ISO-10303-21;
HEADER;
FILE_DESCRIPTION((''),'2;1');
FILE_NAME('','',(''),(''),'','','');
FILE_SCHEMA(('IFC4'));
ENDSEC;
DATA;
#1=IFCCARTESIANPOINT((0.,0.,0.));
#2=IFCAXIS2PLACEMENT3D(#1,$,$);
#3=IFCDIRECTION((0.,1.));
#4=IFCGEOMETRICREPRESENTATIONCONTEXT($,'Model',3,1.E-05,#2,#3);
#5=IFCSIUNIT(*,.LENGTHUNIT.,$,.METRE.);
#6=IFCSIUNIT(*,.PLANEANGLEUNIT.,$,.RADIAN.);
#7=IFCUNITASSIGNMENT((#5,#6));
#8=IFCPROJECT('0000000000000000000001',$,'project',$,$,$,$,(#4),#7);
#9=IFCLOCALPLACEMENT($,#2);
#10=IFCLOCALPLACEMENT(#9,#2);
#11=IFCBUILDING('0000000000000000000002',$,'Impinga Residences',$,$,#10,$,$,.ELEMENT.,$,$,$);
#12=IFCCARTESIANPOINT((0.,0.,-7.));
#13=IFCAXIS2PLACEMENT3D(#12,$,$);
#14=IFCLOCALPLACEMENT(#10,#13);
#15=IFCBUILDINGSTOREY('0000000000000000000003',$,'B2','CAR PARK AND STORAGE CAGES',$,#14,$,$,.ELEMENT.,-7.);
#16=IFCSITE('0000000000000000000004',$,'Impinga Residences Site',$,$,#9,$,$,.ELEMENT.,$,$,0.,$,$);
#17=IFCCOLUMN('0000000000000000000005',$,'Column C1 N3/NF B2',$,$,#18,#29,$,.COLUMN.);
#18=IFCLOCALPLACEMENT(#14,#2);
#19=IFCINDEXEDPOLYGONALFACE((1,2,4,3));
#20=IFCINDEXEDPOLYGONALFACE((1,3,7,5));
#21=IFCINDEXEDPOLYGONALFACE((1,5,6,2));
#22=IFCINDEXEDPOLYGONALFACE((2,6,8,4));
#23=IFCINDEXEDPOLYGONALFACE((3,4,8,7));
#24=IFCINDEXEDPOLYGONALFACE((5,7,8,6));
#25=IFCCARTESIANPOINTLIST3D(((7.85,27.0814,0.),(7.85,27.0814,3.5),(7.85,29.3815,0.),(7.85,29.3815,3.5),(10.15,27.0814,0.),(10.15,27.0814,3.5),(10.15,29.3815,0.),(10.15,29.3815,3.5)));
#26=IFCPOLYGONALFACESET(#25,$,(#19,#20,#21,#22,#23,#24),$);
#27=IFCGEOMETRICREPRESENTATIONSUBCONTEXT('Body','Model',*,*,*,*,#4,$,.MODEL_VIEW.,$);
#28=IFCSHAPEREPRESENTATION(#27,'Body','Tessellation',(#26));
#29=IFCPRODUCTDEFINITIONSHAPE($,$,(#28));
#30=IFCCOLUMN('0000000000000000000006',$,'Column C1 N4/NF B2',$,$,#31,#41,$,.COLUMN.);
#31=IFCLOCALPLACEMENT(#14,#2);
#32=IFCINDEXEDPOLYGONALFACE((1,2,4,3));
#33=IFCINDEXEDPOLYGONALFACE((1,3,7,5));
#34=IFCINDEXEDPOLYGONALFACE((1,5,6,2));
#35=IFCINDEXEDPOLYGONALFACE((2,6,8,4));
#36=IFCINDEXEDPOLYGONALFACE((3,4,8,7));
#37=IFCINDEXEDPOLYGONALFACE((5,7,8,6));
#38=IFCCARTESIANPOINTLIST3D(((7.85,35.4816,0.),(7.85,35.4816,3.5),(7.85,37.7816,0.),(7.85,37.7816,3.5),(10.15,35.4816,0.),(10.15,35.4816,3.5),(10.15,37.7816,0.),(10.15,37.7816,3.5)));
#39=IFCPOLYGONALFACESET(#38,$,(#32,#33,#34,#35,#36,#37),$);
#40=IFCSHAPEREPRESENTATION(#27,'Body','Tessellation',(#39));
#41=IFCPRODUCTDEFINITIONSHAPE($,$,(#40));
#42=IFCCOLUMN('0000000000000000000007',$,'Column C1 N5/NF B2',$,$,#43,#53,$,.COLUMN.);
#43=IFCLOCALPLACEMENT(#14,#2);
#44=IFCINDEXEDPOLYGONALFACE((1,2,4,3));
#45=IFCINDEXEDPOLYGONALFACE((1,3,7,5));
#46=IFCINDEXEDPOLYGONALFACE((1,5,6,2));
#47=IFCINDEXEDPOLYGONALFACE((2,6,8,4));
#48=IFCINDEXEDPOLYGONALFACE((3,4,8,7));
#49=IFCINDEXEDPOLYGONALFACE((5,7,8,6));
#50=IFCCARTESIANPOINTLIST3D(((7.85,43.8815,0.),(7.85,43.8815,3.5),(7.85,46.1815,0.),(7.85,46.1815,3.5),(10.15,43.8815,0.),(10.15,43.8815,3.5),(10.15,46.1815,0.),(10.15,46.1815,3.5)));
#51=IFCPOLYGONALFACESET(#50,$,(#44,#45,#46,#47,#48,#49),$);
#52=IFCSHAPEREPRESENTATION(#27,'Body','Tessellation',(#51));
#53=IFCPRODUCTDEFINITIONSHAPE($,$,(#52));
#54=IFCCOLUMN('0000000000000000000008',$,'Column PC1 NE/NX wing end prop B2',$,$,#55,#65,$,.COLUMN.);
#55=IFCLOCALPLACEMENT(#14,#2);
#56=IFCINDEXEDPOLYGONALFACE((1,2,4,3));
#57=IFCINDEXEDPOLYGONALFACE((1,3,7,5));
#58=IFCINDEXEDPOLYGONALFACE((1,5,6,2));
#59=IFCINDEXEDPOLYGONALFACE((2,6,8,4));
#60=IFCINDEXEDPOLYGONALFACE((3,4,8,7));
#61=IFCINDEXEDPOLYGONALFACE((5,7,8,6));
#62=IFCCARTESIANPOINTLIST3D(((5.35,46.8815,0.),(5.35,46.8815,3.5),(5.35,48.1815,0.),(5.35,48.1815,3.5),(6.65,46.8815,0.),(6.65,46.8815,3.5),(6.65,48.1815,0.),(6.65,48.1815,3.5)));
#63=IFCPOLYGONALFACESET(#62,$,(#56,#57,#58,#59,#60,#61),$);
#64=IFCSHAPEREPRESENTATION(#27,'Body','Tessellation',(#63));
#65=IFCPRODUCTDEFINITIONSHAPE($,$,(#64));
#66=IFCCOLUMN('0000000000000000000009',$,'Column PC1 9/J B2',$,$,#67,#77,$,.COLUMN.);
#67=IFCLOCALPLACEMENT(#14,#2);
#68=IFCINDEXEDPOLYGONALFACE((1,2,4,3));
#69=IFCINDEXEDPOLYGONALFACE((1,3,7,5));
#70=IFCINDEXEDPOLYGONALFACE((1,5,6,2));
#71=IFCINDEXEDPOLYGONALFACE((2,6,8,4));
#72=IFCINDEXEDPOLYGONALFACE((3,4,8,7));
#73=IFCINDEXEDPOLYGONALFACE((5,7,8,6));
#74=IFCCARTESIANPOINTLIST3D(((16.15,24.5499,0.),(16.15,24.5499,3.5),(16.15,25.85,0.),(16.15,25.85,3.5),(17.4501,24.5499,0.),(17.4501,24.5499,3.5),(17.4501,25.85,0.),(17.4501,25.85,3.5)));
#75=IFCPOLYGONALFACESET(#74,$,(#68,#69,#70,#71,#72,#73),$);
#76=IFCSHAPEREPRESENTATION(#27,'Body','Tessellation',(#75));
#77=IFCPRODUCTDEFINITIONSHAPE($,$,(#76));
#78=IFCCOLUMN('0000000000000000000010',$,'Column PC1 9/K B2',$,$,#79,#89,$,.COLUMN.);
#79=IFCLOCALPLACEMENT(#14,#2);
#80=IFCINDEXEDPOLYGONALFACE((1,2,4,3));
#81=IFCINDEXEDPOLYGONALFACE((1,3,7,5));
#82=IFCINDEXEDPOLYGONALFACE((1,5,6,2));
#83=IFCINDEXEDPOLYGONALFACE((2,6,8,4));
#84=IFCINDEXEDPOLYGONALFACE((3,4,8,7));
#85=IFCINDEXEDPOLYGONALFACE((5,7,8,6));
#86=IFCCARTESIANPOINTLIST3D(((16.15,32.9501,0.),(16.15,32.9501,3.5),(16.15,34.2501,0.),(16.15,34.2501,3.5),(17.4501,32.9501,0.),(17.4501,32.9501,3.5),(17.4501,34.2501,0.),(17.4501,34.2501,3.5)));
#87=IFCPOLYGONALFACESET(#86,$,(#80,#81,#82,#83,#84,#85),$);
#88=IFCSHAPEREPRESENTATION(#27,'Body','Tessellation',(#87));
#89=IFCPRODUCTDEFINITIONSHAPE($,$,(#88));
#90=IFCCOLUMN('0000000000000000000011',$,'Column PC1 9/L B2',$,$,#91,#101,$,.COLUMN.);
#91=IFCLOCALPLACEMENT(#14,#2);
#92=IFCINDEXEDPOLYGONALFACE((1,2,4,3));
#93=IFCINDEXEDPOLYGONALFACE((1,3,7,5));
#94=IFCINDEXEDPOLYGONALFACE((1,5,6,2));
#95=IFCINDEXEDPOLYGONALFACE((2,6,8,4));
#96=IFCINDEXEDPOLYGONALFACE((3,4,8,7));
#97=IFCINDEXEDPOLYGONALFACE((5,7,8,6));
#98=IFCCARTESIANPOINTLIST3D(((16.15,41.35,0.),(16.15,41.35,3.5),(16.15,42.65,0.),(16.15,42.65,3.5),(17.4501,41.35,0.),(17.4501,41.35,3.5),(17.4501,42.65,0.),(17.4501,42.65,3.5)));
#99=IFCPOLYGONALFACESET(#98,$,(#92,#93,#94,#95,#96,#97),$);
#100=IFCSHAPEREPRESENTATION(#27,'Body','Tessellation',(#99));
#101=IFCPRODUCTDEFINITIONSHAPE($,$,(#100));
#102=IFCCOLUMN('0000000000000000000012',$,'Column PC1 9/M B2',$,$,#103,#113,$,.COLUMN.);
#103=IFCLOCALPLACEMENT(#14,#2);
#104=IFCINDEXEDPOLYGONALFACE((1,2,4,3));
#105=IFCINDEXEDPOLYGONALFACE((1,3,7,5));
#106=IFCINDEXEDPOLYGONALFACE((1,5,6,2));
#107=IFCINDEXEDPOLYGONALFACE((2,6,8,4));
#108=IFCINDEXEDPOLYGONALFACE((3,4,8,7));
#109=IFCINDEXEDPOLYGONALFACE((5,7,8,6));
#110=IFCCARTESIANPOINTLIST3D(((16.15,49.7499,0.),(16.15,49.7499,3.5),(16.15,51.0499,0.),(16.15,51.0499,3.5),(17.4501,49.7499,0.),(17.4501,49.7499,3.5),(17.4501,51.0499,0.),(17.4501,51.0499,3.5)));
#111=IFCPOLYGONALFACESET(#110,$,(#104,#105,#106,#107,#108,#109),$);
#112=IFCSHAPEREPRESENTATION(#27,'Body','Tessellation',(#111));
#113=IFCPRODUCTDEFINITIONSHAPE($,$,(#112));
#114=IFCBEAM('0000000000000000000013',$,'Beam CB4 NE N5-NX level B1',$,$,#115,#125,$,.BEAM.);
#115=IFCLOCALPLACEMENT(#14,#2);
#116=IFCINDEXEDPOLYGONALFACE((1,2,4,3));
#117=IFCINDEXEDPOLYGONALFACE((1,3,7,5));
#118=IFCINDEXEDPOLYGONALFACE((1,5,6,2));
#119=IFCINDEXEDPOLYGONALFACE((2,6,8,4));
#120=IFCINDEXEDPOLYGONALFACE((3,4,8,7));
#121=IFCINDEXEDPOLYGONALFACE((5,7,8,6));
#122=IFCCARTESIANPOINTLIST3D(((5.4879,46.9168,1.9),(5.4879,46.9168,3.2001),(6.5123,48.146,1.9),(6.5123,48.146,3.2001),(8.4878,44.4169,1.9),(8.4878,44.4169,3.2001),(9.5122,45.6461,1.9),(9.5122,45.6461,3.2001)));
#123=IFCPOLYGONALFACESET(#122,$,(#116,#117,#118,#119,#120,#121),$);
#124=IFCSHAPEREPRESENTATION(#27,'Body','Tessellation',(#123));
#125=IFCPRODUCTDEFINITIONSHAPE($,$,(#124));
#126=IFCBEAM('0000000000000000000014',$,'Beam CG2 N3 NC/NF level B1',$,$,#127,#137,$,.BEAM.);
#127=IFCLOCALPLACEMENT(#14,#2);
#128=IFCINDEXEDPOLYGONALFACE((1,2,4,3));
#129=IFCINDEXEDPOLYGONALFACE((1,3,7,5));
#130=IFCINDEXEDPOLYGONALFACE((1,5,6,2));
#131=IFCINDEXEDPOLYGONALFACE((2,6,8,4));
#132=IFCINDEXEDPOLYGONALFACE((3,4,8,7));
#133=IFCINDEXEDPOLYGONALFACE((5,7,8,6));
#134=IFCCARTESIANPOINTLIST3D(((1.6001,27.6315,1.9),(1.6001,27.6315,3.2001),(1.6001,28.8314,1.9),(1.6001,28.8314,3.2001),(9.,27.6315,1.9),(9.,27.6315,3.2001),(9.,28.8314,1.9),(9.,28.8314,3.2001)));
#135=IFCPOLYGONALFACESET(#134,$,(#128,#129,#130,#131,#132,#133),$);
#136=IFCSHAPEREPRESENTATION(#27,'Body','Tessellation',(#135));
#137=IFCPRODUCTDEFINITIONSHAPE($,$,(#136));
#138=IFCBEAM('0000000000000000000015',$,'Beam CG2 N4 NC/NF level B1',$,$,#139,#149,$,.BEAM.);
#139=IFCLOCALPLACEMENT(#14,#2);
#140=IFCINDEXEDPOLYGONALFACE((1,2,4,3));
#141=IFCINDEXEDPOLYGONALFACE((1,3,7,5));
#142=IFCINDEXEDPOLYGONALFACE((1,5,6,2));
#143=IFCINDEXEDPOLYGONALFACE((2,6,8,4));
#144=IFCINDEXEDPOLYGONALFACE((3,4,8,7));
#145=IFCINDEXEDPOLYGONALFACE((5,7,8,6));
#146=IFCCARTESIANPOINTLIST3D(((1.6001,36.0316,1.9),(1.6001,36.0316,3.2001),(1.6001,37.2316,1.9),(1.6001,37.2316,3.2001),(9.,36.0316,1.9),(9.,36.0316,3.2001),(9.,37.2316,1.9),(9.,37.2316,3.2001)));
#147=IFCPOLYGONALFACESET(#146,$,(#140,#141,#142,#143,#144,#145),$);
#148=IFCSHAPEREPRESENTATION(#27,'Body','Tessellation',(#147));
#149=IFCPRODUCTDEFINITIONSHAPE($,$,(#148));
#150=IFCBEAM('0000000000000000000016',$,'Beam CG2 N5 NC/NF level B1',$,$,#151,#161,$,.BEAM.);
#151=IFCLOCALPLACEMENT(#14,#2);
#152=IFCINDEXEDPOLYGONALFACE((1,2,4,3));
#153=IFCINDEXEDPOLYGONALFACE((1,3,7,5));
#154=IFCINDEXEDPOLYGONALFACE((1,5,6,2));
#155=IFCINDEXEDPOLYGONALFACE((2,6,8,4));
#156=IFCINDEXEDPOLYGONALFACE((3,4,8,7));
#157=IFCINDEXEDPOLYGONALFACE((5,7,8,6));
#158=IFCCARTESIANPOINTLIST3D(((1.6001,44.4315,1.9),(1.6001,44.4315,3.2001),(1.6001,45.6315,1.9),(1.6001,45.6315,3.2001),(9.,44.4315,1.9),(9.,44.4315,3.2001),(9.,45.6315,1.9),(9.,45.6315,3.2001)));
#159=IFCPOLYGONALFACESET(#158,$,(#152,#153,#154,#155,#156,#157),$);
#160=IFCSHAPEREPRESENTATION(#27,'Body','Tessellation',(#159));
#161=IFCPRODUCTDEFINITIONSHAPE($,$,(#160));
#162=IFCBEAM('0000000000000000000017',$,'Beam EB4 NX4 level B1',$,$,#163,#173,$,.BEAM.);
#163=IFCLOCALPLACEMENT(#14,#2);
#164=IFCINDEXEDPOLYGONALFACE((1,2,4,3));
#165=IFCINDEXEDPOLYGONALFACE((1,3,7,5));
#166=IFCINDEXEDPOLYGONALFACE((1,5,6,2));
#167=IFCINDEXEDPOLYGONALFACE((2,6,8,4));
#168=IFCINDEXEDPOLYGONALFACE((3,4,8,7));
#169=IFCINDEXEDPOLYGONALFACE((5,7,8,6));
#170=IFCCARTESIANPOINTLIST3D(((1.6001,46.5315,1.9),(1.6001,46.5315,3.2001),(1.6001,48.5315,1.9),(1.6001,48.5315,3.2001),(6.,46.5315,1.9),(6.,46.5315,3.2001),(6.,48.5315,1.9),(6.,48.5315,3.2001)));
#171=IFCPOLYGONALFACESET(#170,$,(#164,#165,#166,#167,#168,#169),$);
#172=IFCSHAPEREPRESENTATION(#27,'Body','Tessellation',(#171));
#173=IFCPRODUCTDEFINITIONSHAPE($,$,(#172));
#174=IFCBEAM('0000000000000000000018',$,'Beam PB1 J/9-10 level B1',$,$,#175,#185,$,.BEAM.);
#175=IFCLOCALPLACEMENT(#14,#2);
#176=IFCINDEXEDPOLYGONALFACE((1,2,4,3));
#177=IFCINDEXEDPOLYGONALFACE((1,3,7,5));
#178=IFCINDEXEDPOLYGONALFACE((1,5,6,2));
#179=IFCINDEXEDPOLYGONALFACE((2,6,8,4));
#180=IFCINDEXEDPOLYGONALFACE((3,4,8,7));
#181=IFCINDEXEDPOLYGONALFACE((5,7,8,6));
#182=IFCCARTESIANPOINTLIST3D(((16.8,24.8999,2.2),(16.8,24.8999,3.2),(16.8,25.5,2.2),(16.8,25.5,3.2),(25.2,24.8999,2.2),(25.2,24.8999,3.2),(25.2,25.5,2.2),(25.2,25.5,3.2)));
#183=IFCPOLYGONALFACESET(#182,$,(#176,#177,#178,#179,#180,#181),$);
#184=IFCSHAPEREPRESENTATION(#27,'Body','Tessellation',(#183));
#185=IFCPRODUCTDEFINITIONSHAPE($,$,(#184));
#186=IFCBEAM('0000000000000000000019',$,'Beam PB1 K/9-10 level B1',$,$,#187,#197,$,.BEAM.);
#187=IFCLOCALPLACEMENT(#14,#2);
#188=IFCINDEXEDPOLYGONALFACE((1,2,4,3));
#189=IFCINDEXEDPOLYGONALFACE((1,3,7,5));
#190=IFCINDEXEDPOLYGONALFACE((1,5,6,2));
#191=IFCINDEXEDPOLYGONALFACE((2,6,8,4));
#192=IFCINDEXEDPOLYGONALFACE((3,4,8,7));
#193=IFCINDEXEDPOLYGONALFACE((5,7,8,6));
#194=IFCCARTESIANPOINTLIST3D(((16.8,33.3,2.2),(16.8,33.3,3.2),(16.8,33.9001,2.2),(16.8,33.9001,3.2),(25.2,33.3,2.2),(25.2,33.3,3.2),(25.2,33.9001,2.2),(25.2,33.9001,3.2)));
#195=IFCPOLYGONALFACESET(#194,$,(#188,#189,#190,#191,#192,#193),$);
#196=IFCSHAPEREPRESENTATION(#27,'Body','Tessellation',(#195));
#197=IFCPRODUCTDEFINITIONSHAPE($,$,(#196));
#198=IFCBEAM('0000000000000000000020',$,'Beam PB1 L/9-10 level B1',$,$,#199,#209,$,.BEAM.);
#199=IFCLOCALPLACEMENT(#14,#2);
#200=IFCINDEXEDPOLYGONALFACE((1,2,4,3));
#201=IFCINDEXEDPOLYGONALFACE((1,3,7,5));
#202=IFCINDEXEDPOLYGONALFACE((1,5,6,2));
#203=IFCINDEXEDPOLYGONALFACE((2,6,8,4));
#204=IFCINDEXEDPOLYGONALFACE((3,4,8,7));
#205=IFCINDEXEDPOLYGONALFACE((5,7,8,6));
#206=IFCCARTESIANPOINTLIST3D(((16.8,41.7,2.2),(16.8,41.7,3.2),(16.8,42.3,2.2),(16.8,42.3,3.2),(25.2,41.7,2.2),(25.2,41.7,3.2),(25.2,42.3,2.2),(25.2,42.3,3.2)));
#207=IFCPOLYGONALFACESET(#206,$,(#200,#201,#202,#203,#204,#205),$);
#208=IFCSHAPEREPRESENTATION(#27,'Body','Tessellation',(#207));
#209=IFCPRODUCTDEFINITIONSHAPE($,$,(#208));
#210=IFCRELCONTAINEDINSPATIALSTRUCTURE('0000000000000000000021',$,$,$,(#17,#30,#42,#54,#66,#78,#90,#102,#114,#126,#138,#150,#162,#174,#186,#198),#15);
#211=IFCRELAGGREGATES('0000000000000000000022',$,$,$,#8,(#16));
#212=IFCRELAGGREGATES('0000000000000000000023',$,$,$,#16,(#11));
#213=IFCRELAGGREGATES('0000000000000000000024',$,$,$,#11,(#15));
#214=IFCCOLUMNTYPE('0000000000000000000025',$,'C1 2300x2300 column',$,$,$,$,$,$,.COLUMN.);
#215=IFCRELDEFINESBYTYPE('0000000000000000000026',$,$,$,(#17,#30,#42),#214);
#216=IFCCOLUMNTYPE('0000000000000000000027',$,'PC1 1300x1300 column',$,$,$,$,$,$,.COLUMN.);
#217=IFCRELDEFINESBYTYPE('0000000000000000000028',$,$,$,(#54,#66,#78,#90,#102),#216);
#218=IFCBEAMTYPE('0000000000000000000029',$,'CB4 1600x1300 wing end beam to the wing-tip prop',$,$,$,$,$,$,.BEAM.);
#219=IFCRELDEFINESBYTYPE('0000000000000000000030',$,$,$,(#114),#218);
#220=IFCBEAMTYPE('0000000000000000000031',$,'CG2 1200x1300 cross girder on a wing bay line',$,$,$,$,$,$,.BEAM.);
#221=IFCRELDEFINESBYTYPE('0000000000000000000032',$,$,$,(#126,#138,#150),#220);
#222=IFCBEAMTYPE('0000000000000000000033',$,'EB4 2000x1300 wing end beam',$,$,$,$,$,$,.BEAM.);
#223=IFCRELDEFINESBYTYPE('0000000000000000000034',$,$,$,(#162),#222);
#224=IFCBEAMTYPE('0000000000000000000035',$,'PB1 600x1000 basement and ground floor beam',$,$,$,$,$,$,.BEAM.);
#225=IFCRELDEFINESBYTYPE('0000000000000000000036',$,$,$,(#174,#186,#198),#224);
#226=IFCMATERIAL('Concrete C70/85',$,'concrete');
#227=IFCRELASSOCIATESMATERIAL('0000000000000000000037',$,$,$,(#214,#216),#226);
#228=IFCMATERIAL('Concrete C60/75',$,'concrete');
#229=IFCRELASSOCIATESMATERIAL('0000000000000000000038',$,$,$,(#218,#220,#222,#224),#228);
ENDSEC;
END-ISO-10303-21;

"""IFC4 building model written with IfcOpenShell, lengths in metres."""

from ifc_helpers import new_model, si_unit, direction, frame, origin, origin_2d, place, context, subcontext, project, spatial, rectangle, extrude, material, material_profile, profile_set, type_object, element, save


model = new_model("IFC4")

# Units and contexts
model_context = context("Model", 3, precision=1e-05, world=origin(), true_north=direction((0.0, 1.0)))
body_context = subcontext(model_context, "Body", "Model", "MODEL_VIEW")
ifc_project = project(units=[si_unit("LENGTHUNIT", "METRE"), si_unit("PLANEANGLEUNIT", "RADIAN")], contexts=[model_context])

# Site, building, storey
site_placement = place(None, origin())
site = spatial("IfcSite", under=ifc_project, at=site_placement, Name="Impinga Residences Site", CompositionType="ELEMENT", RefElevation=0.0)
building_placement = place(site_placement, origin())
building = spatial("IfcBuilding", under=site, at=building_placement, Name="Impinga Residences", CompositionType="ELEMENT")
storey_placement = place(building_placement, frame((0.0, 0.0, -7.0)))
storey = spatial("IfcBuildingStorey", under=building, at=storey_placement, Name="B2", Description="CAR PARK AND STORAGE CAGES", CompositionType="ELEMENT", Elevation=-7.0)

# Columns
ifc_material_1 = material(Name="Concrete C70/85", Category="concrete")
ifc_material_profile_1 = material_profile(ifc_material_1, rectangle(XDim=2.3, YDim=2.3, at=origin_2d()), Name="RC 2300x2300")
ifc_profile_set_1 = profile_set([ifc_material_profile_1], Name="Concrete C70/85")
column_type_1 = type_object("IfcColumnType", Name="C1 2300x2300 column", PredefinedType="COLUMN", material=ifc_profile_set_1)
for number, where, z_axis, x_axis, name in (
    (1, (9.0, 28.2314, 0.0), (0.0, 0.0, 1.0), (1.0, 0.0, 0.0), "Column C1 N3/NF B2"),
    (2, (9.0, 36.6316, 0.0), (0.0, 0.0, 1.0), (1.0, 0.0, 0.0), "Column C1 N4/NF B2"),
    (3, (9.0, 45.0315, 0.0), (0.0, 0.0, 1.0), (1.0, 0.0, 0.0), "Column C1 N5/NF B2"),
):
    element("IfcColumn", number, at=place(storey_placement, frame(where, z_axis=z_axis, x_axis=x_axis)), inside=storey, type_object=column_type_1, Name=name, PredefinedType="COLUMN", context=body_context, shape_type="SweptSolid", body=[
        extrude(rectangle(XDim=2.3, YDim=2.3, at=origin_2d()), origin(), (0.0, 0.0, 1.0), 3.5),
    ])
ifc_material_profile_2 = material_profile(ifc_material_1, rectangle(XDim=1.3, YDim=1.3, at=origin_2d()), Name="RC 1300x1300")
ifc_profile_set_2 = profile_set([ifc_material_profile_2], Name="Concrete C70/85")
column_type_2 = type_object("IfcColumnType", Name="PC1 1300x1300 column", PredefinedType="COLUMN", material=ifc_profile_set_2)
for number, where, z_axis, x_axis, name in (
    (4, (6.0, 47.5315, 0.0), (0.0, 0.0, 1.0), (1.0, 0.0, 0.0), "Column PC1 NE/NX wing end prop B2"),
    (5, (16.8, 25.2, 0.0), (0.0, 0.0, 1.0), (1.0, 0.0, 0.0), "Column PC1 9/J B2"),
    (6, (16.8, 33.6001, 0.0), (0.0, 0.0, 1.0), (1.0, 0.0, 0.0), "Column PC1 9/K B2"),
    (7, (16.8, 42.0, 0.0), (0.0, 0.0, 1.0), (1.0, 0.0, 0.0), "Column PC1 9/L B2"),
    (8, (16.8, 50.3999, 0.0), (0.0, 0.0, 1.0), (1.0, 0.0, 0.0), "Column PC1 9/M B2"),
):
    element("IfcColumn", number, at=place(storey_placement, frame(where, z_axis=z_axis, x_axis=x_axis)), inside=storey, type_object=column_type_2, Name=name, PredefinedType="COLUMN", context=body_context, shape_type="SweptSolid", body=[
        extrude(rectangle(XDim=1.3, YDim=1.3, at=origin_2d()), origin(), (0.0, 0.0, 1.0), 3.5),
    ])

# Beams
ifc_material_2 = material(Name="Concrete C60/75", Category="concrete")
ifc_material_profile_3 = material_profile(ifc_material_2, rectangle(XDim=1.6001, YDim=1.3, at=origin_2d()), Name="RC 1600x1300")
ifc_profile_set_3 = profile_set([ifc_material_profile_3], Name="Concrete C60/75")
beam_type_1 = type_object("IfcBeamType", Name="CB4 1600x1300 wing end beam to the wing-tip prop", PredefinedType="BEAM", material=ifc_profile_set_3)
beam_1_placement = place(storey_placement, frame((9.0, 45.0315, 2.55), z_axis=(-0.768221, 0.640184, 0.0), x_axis=(-0.640184, -0.768221, 0.0)))
element("IfcBeam", 9, at=beam_1_placement, inside=storey, type_object=beam_type_1, Name="Beam CB4 NE N5-NX level B1", PredefinedType="BEAM", context=body_context, shape_type="SweptSolid", body=[
    extrude(rectangle(XDim=1.6001, YDim=1.3, at=origin_2d()), origin(), (0.0, 0.0, 1.0), 3.905),
])
ifc_material_profile_4 = material_profile(ifc_material_2, rectangle(XDim=1.2, YDim=1.3, at=origin_2d()), Name="RC 1200x1300")
ifc_profile_set_4 = profile_set([ifc_material_profile_4], Name="Concrete C60/75")
beam_type_2 = type_object("IfcBeamType", Name="CG2 1200x1300 cross girder on a wing bay line", PredefinedType="BEAM", material=ifc_profile_set_4)
for number, where, z_axis, x_axis, name in (
    (10, (1.6001, 28.2314, 2.55), (1.0, 0.0, 0.0), (0.0, 1.0, 0.0), "Beam CG2 N3 NC/NF level B1"),
    (11, (1.6001, 36.6316, 2.55), (1.0, 0.0, 0.0), (0.0, 1.0, 0.0), "Beam CG2 N4 NC/NF level B1"),
    (12, (1.6001, 45.0315, 2.55), (1.0, 0.0, 0.0), (0.0, 1.0, 0.0), "Beam CG2 N5 NC/NF level B1"),
):
    element("IfcBeam", number, at=place(storey_placement, frame(where, z_axis=z_axis, x_axis=x_axis)), inside=storey, type_object=beam_type_2, Name=name, PredefinedType="BEAM", context=body_context, shape_type="SweptSolid", body=[
        extrude(rectangle(XDim=1.2, YDim=1.3, at=origin_2d()), origin(), (0.0, 0.0, 1.0), 7.3999),
    ])
ifc_material_profile_5 = material_profile(ifc_material_2, rectangle(XDim=2.0, YDim=1.3, at=origin_2d()), Name="RC 2000x1300")
ifc_profile_set_5 = profile_set([ifc_material_profile_5], Name="Concrete C60/75")
beam_type_3 = type_object("IfcBeamType", Name="EB4 2000x1300 wing end beam", PredefinedType="BEAM", material=ifc_profile_set_5)
beam_2_placement = place(storey_placement, frame((1.6001, 47.5315, 2.55), z_axis=(1.0, 0.0, 0.0), x_axis=(0.0, 1.0, 0.0)))
element("IfcBeam", 13, at=beam_2_placement, inside=storey, type_object=beam_type_3, Name="Beam EB4 NX4 level B1", PredefinedType="BEAM", context=body_context, shape_type="SweptSolid", body=[
    extrude(rectangle(XDim=2.0, YDim=1.3, at=origin_2d()), origin(), (0.0, 0.0, 1.0), 4.3999),
])
ifc_material_profile_6 = material_profile(ifc_material_2, rectangle(XDim=0.6001, YDim=1.0, at=origin_2d()), Name="RC 600x1000")
ifc_profile_set_6 = profile_set([ifc_material_profile_6], Name="Concrete C60/75")
beam_type_4 = type_object("IfcBeamType", Name="PB1 600x1000 basement and ground floor beam", PredefinedType="BEAM", material=ifc_profile_set_6)
for number, where, z_axis, x_axis, name in (
    (14, (16.8, 25.2, 2.7), (1.0, 0.0, 0.0), (0.0, 1.0, 0.0), "Beam PB1 J/9-10 level B1"),
    (15, (16.8, 33.6001, 2.7), (1.0, 0.0, 0.0), (0.0, 1.0, 0.0), "Beam PB1 K/9-10 level B1"),
    (16, (16.8, 42.0, 2.7), (1.0, 0.0, 0.0), (0.0, 1.0, 0.0), "Beam PB1 L/9-10 level B1"),
):
    element("IfcBeam", number, at=place(storey_placement, frame(where, z_axis=z_axis, x_axis=x_axis)), inside=storey, type_object=beam_type_4, Name=name, PredefinedType="BEAM", context=body_context, shape_type="SweptSolid", body=[
        extrude(rectangle(XDim=0.6001, YDim=1.0, at=origin_2d()), origin(), (0.0, 0.0, 1.0), 8.3999),
    ])

save(model, "model.ifc")
